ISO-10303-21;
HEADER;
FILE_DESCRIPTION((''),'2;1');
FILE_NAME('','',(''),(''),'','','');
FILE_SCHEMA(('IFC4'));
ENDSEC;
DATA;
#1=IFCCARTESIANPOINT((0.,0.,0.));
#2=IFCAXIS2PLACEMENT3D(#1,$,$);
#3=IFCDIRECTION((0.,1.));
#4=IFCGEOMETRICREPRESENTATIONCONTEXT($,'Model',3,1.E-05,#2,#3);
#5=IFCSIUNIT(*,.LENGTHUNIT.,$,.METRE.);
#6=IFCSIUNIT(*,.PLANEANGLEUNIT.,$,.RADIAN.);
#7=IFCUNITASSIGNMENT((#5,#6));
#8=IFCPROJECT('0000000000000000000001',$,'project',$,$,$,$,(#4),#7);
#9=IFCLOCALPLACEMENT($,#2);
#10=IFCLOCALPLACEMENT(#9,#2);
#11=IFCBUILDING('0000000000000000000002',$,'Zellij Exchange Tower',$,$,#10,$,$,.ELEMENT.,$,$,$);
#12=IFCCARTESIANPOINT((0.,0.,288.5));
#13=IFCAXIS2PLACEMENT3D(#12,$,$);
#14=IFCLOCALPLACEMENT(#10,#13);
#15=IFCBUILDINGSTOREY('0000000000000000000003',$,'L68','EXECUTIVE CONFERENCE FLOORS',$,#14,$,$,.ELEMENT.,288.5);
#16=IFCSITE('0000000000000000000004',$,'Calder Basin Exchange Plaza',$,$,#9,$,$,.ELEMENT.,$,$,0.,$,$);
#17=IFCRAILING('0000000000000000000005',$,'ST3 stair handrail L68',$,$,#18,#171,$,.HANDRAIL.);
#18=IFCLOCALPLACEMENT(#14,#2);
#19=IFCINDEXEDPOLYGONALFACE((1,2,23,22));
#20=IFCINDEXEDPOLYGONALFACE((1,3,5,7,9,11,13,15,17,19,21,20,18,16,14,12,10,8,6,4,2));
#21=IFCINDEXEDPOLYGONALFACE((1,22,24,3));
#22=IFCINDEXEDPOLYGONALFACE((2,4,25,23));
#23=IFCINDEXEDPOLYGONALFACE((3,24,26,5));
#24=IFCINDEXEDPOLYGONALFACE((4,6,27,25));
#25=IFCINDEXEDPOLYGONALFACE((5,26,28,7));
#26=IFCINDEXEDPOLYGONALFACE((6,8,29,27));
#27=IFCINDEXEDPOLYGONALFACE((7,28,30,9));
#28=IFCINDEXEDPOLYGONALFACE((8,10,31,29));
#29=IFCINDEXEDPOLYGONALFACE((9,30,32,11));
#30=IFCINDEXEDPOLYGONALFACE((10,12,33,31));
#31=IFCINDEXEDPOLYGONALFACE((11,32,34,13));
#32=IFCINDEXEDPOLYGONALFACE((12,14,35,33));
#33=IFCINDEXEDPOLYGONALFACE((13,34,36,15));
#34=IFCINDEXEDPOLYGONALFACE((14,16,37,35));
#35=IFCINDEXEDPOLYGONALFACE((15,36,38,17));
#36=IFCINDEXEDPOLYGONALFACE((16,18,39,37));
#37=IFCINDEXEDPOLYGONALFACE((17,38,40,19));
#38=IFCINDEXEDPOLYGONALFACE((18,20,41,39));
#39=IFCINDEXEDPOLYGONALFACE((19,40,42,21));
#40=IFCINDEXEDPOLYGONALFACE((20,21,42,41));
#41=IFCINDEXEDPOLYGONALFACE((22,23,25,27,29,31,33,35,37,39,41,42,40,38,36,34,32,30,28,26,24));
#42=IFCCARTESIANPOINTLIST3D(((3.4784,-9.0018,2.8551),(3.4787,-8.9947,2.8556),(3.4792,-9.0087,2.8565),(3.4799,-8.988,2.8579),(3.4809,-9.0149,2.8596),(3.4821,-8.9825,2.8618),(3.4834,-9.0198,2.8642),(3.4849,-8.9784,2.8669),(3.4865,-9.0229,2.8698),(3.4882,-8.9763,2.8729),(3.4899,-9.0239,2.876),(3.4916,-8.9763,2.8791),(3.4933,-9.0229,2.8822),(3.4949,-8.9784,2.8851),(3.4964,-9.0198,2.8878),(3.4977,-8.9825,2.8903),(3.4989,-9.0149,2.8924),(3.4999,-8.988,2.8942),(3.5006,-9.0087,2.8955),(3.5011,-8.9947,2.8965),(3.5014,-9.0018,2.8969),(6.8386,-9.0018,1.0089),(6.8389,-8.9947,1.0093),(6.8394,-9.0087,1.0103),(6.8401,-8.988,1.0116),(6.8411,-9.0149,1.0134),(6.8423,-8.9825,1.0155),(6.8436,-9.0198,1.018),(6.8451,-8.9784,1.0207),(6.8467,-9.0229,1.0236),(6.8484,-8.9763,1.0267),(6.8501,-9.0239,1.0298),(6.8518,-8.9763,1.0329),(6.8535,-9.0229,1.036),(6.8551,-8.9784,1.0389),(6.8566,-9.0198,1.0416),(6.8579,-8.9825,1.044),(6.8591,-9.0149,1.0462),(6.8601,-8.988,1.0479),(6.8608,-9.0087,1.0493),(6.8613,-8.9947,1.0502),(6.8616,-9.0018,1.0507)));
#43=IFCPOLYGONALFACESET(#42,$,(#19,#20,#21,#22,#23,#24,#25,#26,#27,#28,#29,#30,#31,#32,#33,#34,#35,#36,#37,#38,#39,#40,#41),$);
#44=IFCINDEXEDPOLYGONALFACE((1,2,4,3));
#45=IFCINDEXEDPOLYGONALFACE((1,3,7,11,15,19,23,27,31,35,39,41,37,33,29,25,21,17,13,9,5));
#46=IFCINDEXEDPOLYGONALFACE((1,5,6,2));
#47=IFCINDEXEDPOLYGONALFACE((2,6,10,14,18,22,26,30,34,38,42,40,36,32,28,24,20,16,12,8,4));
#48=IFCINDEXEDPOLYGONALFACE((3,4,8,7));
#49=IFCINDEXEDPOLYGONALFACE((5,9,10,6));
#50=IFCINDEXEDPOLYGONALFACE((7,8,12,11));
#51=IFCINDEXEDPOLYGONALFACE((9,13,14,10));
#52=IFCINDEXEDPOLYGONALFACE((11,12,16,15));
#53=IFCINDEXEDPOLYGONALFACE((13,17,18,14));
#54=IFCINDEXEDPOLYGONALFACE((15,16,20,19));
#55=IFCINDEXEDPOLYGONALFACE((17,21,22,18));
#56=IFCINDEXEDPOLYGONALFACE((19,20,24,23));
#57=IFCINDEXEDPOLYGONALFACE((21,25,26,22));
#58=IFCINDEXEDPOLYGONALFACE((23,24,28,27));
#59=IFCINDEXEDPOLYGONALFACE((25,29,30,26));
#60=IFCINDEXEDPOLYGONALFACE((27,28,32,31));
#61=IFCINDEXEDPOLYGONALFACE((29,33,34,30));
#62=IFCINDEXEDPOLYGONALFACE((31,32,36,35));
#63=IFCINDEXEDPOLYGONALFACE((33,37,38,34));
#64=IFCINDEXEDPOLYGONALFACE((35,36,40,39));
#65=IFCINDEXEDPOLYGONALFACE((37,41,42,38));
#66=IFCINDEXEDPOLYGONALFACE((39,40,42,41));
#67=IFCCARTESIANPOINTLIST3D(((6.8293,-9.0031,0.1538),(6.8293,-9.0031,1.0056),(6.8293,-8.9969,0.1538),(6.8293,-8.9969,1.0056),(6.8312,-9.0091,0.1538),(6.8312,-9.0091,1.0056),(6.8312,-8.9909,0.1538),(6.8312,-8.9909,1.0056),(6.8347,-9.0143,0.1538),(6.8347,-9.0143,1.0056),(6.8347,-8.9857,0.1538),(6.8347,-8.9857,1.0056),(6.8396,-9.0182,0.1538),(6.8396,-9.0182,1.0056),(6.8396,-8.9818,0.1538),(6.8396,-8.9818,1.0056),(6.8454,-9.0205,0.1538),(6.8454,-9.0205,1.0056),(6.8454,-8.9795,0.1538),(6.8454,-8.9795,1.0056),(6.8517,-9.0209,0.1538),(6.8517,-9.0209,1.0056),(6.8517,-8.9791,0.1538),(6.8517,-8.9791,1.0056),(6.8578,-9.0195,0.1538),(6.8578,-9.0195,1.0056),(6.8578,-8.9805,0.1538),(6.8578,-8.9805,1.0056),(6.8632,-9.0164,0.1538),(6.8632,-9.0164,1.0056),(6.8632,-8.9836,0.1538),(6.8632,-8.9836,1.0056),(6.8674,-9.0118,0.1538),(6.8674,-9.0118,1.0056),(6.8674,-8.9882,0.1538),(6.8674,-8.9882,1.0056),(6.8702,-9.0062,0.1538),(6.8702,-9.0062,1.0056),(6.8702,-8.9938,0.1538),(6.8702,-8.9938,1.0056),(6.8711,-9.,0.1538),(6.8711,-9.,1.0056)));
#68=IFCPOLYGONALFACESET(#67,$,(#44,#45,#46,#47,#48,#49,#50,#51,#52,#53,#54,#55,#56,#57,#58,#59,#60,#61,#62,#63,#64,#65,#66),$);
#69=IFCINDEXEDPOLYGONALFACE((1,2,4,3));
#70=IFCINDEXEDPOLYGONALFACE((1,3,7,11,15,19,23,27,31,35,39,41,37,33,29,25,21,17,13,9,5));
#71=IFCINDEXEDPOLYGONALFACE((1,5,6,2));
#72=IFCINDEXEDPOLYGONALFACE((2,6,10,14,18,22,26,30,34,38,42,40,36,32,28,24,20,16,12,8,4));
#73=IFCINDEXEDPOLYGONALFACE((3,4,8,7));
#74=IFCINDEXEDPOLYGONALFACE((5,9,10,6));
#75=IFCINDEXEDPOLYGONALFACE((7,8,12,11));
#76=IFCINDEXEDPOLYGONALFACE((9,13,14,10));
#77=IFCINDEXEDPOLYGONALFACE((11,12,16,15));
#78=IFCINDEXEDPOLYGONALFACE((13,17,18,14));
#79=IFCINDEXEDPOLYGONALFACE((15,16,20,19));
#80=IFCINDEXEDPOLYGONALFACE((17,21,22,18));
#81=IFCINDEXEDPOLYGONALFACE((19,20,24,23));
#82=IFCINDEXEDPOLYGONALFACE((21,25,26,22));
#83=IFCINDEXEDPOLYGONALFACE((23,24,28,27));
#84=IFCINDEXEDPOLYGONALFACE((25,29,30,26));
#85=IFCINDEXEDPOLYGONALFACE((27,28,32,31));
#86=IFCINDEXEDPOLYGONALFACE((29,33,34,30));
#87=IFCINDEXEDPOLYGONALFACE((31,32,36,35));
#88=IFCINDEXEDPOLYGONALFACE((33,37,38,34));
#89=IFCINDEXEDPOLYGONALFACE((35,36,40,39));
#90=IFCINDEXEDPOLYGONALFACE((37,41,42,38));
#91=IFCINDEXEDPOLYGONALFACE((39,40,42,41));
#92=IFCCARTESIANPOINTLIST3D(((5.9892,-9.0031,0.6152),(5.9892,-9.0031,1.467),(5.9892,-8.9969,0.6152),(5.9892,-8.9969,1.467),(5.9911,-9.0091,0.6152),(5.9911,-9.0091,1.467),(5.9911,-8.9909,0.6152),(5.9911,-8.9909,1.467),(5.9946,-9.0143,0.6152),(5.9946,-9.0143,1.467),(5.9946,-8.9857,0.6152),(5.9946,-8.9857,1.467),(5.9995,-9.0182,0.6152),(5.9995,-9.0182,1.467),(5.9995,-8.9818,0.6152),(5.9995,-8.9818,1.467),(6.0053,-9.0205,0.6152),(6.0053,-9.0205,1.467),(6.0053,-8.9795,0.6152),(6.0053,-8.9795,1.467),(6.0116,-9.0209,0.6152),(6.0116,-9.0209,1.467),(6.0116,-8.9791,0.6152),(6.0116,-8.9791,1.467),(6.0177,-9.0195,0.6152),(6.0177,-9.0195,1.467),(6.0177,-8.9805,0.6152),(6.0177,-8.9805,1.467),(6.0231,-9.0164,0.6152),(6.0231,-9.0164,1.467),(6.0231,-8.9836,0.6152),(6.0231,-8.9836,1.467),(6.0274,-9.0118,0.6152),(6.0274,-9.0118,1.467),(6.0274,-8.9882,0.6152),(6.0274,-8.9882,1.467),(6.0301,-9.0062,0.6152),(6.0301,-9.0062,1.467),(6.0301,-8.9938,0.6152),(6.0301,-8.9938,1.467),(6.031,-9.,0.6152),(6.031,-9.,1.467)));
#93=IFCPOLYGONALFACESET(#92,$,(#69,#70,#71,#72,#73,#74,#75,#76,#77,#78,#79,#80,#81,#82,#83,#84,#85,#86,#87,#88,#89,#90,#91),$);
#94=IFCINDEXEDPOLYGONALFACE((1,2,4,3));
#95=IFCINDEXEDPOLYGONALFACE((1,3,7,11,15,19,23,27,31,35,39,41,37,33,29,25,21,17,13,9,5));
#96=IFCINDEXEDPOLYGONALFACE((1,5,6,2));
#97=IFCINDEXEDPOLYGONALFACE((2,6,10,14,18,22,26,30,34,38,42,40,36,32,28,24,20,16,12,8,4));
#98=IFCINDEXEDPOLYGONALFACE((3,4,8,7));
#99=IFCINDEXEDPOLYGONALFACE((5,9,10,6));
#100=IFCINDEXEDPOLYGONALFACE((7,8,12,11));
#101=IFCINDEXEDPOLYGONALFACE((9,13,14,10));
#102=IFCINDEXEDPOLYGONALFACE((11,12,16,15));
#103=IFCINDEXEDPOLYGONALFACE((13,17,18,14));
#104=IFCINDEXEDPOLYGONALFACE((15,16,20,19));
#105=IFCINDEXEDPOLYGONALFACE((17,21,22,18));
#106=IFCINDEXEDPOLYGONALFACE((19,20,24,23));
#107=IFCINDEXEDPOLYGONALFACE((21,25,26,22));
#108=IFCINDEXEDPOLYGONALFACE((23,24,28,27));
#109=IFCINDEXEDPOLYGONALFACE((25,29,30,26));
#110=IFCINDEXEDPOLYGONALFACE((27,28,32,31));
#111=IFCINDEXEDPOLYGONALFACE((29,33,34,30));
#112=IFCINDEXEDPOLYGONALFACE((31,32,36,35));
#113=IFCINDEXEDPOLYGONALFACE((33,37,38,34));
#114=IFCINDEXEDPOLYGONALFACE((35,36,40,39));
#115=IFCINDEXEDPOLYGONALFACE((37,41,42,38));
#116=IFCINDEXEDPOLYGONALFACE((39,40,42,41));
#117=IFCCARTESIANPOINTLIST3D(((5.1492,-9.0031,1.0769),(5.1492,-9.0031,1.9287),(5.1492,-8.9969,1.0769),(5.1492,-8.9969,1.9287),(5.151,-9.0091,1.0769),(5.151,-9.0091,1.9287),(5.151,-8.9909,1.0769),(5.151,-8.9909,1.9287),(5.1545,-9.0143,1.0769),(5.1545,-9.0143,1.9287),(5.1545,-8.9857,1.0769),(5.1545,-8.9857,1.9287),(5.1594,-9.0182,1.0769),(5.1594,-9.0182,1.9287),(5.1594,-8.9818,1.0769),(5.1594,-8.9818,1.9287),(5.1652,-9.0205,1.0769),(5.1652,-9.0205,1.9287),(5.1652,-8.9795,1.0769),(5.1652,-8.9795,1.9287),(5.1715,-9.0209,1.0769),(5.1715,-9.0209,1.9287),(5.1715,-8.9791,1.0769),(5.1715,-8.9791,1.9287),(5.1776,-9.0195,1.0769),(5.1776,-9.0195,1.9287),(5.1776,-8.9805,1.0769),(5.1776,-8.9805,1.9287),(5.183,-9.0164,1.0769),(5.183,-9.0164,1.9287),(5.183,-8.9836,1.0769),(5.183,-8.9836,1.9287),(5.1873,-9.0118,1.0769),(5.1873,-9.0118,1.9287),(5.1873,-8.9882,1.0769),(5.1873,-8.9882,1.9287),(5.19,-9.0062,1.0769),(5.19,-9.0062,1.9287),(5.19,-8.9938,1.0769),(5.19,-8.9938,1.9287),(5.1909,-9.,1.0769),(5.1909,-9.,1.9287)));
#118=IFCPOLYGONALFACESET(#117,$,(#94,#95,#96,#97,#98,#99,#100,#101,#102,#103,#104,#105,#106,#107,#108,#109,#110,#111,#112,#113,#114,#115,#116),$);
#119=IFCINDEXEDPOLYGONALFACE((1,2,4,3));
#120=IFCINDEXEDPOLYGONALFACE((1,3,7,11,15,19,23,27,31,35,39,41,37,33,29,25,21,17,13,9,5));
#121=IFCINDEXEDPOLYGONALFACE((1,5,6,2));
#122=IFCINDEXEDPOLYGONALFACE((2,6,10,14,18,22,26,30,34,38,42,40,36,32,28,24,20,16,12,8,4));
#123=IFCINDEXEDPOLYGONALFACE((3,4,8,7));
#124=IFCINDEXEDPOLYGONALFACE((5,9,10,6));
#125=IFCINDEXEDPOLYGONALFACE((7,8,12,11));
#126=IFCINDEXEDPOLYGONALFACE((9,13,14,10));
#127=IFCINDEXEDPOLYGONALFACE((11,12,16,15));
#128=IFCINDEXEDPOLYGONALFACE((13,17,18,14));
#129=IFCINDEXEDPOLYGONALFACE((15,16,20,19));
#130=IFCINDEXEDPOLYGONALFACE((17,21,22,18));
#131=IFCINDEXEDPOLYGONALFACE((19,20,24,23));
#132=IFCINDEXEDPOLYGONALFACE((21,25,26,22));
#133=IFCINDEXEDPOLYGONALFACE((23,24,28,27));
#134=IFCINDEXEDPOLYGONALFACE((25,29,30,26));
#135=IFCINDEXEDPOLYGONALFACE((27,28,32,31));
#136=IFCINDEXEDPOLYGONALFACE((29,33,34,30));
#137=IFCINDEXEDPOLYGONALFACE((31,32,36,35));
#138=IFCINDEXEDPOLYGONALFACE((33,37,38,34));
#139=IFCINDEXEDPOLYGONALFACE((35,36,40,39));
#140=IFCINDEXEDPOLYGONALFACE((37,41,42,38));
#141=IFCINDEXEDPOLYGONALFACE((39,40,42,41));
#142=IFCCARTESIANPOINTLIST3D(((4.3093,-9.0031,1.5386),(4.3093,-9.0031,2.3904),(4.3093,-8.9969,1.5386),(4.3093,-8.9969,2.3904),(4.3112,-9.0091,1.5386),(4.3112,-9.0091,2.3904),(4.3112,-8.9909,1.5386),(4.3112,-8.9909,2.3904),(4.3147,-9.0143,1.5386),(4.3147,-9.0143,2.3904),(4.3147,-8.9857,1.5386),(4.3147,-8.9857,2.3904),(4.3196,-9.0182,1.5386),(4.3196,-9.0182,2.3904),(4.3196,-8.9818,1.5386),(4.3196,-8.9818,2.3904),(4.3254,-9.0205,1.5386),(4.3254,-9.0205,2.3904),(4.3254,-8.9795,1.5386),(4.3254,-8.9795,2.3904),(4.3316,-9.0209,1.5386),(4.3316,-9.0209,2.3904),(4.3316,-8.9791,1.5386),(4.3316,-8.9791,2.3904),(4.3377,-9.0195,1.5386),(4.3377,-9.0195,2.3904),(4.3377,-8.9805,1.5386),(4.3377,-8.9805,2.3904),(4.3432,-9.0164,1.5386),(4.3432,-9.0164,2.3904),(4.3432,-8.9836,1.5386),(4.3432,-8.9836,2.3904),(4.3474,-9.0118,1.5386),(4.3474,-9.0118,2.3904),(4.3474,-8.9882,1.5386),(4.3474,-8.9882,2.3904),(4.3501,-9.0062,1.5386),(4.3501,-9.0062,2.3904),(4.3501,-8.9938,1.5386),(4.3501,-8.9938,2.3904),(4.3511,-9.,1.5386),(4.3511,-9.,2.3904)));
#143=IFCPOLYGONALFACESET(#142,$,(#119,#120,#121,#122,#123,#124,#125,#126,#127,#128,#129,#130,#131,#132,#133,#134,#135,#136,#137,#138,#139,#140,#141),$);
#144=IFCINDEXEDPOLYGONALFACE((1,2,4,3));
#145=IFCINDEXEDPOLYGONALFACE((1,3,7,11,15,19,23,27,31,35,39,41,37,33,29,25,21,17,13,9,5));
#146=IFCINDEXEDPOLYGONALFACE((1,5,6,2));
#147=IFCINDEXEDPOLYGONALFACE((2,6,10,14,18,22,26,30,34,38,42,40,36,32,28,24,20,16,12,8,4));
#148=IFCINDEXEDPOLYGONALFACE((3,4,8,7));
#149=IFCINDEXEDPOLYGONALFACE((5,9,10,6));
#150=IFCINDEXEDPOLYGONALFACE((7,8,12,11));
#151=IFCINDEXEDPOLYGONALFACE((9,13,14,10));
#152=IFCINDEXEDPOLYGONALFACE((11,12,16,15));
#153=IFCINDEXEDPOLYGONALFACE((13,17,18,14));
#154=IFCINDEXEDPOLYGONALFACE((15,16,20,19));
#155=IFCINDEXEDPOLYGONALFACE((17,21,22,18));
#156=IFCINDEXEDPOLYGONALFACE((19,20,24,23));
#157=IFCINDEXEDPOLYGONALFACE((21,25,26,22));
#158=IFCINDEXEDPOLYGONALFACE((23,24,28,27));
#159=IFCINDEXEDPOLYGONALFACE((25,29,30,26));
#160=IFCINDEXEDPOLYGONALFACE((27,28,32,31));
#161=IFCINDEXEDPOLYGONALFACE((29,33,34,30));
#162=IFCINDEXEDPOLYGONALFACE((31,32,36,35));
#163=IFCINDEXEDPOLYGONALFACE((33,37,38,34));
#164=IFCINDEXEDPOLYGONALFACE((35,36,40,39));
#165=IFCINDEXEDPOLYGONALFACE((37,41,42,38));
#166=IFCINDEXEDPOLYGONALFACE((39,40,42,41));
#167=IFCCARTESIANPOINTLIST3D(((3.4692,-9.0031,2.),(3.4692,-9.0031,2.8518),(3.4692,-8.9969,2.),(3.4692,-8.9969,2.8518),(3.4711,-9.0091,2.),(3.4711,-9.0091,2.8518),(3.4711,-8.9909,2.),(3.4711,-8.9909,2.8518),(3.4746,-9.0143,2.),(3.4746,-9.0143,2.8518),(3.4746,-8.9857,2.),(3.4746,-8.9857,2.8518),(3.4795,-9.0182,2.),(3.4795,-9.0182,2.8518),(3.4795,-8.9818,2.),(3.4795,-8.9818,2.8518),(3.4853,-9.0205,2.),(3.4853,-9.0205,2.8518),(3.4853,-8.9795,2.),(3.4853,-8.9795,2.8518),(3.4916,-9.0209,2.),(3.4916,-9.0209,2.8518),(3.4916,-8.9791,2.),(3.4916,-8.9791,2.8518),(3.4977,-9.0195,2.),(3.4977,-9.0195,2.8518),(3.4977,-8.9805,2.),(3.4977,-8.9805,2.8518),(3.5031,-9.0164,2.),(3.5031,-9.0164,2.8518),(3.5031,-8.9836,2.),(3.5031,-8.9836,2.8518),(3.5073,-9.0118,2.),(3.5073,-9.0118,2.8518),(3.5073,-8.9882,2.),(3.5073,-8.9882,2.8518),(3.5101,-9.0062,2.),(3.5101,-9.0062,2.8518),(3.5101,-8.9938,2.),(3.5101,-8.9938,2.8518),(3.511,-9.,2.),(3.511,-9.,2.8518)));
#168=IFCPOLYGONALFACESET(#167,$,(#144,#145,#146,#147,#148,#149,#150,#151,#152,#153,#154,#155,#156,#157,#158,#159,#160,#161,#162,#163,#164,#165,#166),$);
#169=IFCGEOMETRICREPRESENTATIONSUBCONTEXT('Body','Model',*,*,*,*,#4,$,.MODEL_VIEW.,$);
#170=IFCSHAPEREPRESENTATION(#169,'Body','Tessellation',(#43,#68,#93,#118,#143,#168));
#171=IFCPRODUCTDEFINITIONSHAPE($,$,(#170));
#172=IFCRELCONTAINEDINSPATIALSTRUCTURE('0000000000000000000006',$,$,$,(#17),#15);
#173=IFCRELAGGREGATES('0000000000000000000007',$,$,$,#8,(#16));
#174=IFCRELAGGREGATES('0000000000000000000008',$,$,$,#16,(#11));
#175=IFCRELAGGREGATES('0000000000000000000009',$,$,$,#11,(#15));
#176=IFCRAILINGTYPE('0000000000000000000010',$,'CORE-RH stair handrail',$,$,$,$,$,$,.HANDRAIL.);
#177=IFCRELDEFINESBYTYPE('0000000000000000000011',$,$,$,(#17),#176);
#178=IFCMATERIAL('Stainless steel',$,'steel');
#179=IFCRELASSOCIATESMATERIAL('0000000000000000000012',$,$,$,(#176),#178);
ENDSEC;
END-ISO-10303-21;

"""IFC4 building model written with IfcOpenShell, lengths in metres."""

from ifc_helpers import new_model, si_unit, direction, frame, origin, origin_2d, place, context, subcontext, project, spatial, circle, extrude, material, type_object, element, save


model = new_model("IFC4")

# Units and contexts
model_context = context("Model", 3, precision=1e-05, world=origin(), true_north=direction((0.0, 1.0)))
body_context = subcontext(model_context, "Body", "Model", "MODEL_VIEW")
ifc_project = project(units=[si_unit("LENGTHUNIT", "METRE"), si_unit("PLANEANGLEUNIT", "RADIAN")], contexts=[model_context])

# Site, building, storey
site_placement = place(None, origin())
site = spatial("IfcSite", under=ifc_project, at=site_placement, Name="Calder Basin Exchange Plaza", CompositionType="ELEMENT", RefElevation=0.0)
building_placement = place(site_placement, origin())
building = spatial("IfcBuilding", under=site, at=building_placement, Name="Zellij Exchange Tower", CompositionType="ELEMENT")
storey_placement = place(building_placement, frame((0.0, 0.0, 288.5)))
storey = spatial("IfcBuildingStorey", under=building, at=storey_placement, Name="L68", Description="EXECUTIVE CONFERENCE FLOORS", CompositionType="ELEMENT", Elevation=288.5)

# Railing
ifc_material_1 = material(Name="Stainless steel", Category="steel")
railing_type_1 = type_object("IfcRailingType", Name="CORE-RH stair handrail", PredefinedType="HANDRAIL", material=ifc_material_1)
railing_1_placement = place(storey_placement, frame((6.8501, -9.0, 0.1538)))
element("IfcRailing", 1, at=railing_1_placement, inside=storey, type_object=railing_type_1, Name="ST3 stair handrail L68", PredefinedType="HANDRAIL", context=body_context, shape_type="SweptSolid", body=[
    extrude(circle(Radius=0.0239, at=origin_2d()), frame((0.0, 0.0, 0.876), z_axis=(-0.876422, 0.0, 0.481545), x_axis=(0.0, -1.0, 0.0)), (0.0, 0.0, 1.0), 3.834),
    extrude(circle(Radius=0.021, at=origin_2d()), origin(), (0.0, 0.0, 1.0), 0.8518),
    extrude(circle(Radius=0.021, at=origin_2d()), frame((-0.8401, 0.0, 0.4614)), (0.0, 0.0, 1.0), 0.8518),
    extrude(circle(Radius=0.021, at=origin_2d()), frame((-1.6802, 0.0, 0.9231)), (0.0, 0.0, 1.0), 0.8518),
    extrude(circle(Radius=0.021, at=origin_2d()), frame((-2.52, 0.0, 1.3848)), (0.0, 0.0, 1.0), 0.8518),
    extrude(circle(Radius=0.021, at=origin_2d()), frame((-3.3601, 0.0, 1.8462)), (0.0, 0.0, 1.0), 0.8518),
])

save(model, "model.ifc")
